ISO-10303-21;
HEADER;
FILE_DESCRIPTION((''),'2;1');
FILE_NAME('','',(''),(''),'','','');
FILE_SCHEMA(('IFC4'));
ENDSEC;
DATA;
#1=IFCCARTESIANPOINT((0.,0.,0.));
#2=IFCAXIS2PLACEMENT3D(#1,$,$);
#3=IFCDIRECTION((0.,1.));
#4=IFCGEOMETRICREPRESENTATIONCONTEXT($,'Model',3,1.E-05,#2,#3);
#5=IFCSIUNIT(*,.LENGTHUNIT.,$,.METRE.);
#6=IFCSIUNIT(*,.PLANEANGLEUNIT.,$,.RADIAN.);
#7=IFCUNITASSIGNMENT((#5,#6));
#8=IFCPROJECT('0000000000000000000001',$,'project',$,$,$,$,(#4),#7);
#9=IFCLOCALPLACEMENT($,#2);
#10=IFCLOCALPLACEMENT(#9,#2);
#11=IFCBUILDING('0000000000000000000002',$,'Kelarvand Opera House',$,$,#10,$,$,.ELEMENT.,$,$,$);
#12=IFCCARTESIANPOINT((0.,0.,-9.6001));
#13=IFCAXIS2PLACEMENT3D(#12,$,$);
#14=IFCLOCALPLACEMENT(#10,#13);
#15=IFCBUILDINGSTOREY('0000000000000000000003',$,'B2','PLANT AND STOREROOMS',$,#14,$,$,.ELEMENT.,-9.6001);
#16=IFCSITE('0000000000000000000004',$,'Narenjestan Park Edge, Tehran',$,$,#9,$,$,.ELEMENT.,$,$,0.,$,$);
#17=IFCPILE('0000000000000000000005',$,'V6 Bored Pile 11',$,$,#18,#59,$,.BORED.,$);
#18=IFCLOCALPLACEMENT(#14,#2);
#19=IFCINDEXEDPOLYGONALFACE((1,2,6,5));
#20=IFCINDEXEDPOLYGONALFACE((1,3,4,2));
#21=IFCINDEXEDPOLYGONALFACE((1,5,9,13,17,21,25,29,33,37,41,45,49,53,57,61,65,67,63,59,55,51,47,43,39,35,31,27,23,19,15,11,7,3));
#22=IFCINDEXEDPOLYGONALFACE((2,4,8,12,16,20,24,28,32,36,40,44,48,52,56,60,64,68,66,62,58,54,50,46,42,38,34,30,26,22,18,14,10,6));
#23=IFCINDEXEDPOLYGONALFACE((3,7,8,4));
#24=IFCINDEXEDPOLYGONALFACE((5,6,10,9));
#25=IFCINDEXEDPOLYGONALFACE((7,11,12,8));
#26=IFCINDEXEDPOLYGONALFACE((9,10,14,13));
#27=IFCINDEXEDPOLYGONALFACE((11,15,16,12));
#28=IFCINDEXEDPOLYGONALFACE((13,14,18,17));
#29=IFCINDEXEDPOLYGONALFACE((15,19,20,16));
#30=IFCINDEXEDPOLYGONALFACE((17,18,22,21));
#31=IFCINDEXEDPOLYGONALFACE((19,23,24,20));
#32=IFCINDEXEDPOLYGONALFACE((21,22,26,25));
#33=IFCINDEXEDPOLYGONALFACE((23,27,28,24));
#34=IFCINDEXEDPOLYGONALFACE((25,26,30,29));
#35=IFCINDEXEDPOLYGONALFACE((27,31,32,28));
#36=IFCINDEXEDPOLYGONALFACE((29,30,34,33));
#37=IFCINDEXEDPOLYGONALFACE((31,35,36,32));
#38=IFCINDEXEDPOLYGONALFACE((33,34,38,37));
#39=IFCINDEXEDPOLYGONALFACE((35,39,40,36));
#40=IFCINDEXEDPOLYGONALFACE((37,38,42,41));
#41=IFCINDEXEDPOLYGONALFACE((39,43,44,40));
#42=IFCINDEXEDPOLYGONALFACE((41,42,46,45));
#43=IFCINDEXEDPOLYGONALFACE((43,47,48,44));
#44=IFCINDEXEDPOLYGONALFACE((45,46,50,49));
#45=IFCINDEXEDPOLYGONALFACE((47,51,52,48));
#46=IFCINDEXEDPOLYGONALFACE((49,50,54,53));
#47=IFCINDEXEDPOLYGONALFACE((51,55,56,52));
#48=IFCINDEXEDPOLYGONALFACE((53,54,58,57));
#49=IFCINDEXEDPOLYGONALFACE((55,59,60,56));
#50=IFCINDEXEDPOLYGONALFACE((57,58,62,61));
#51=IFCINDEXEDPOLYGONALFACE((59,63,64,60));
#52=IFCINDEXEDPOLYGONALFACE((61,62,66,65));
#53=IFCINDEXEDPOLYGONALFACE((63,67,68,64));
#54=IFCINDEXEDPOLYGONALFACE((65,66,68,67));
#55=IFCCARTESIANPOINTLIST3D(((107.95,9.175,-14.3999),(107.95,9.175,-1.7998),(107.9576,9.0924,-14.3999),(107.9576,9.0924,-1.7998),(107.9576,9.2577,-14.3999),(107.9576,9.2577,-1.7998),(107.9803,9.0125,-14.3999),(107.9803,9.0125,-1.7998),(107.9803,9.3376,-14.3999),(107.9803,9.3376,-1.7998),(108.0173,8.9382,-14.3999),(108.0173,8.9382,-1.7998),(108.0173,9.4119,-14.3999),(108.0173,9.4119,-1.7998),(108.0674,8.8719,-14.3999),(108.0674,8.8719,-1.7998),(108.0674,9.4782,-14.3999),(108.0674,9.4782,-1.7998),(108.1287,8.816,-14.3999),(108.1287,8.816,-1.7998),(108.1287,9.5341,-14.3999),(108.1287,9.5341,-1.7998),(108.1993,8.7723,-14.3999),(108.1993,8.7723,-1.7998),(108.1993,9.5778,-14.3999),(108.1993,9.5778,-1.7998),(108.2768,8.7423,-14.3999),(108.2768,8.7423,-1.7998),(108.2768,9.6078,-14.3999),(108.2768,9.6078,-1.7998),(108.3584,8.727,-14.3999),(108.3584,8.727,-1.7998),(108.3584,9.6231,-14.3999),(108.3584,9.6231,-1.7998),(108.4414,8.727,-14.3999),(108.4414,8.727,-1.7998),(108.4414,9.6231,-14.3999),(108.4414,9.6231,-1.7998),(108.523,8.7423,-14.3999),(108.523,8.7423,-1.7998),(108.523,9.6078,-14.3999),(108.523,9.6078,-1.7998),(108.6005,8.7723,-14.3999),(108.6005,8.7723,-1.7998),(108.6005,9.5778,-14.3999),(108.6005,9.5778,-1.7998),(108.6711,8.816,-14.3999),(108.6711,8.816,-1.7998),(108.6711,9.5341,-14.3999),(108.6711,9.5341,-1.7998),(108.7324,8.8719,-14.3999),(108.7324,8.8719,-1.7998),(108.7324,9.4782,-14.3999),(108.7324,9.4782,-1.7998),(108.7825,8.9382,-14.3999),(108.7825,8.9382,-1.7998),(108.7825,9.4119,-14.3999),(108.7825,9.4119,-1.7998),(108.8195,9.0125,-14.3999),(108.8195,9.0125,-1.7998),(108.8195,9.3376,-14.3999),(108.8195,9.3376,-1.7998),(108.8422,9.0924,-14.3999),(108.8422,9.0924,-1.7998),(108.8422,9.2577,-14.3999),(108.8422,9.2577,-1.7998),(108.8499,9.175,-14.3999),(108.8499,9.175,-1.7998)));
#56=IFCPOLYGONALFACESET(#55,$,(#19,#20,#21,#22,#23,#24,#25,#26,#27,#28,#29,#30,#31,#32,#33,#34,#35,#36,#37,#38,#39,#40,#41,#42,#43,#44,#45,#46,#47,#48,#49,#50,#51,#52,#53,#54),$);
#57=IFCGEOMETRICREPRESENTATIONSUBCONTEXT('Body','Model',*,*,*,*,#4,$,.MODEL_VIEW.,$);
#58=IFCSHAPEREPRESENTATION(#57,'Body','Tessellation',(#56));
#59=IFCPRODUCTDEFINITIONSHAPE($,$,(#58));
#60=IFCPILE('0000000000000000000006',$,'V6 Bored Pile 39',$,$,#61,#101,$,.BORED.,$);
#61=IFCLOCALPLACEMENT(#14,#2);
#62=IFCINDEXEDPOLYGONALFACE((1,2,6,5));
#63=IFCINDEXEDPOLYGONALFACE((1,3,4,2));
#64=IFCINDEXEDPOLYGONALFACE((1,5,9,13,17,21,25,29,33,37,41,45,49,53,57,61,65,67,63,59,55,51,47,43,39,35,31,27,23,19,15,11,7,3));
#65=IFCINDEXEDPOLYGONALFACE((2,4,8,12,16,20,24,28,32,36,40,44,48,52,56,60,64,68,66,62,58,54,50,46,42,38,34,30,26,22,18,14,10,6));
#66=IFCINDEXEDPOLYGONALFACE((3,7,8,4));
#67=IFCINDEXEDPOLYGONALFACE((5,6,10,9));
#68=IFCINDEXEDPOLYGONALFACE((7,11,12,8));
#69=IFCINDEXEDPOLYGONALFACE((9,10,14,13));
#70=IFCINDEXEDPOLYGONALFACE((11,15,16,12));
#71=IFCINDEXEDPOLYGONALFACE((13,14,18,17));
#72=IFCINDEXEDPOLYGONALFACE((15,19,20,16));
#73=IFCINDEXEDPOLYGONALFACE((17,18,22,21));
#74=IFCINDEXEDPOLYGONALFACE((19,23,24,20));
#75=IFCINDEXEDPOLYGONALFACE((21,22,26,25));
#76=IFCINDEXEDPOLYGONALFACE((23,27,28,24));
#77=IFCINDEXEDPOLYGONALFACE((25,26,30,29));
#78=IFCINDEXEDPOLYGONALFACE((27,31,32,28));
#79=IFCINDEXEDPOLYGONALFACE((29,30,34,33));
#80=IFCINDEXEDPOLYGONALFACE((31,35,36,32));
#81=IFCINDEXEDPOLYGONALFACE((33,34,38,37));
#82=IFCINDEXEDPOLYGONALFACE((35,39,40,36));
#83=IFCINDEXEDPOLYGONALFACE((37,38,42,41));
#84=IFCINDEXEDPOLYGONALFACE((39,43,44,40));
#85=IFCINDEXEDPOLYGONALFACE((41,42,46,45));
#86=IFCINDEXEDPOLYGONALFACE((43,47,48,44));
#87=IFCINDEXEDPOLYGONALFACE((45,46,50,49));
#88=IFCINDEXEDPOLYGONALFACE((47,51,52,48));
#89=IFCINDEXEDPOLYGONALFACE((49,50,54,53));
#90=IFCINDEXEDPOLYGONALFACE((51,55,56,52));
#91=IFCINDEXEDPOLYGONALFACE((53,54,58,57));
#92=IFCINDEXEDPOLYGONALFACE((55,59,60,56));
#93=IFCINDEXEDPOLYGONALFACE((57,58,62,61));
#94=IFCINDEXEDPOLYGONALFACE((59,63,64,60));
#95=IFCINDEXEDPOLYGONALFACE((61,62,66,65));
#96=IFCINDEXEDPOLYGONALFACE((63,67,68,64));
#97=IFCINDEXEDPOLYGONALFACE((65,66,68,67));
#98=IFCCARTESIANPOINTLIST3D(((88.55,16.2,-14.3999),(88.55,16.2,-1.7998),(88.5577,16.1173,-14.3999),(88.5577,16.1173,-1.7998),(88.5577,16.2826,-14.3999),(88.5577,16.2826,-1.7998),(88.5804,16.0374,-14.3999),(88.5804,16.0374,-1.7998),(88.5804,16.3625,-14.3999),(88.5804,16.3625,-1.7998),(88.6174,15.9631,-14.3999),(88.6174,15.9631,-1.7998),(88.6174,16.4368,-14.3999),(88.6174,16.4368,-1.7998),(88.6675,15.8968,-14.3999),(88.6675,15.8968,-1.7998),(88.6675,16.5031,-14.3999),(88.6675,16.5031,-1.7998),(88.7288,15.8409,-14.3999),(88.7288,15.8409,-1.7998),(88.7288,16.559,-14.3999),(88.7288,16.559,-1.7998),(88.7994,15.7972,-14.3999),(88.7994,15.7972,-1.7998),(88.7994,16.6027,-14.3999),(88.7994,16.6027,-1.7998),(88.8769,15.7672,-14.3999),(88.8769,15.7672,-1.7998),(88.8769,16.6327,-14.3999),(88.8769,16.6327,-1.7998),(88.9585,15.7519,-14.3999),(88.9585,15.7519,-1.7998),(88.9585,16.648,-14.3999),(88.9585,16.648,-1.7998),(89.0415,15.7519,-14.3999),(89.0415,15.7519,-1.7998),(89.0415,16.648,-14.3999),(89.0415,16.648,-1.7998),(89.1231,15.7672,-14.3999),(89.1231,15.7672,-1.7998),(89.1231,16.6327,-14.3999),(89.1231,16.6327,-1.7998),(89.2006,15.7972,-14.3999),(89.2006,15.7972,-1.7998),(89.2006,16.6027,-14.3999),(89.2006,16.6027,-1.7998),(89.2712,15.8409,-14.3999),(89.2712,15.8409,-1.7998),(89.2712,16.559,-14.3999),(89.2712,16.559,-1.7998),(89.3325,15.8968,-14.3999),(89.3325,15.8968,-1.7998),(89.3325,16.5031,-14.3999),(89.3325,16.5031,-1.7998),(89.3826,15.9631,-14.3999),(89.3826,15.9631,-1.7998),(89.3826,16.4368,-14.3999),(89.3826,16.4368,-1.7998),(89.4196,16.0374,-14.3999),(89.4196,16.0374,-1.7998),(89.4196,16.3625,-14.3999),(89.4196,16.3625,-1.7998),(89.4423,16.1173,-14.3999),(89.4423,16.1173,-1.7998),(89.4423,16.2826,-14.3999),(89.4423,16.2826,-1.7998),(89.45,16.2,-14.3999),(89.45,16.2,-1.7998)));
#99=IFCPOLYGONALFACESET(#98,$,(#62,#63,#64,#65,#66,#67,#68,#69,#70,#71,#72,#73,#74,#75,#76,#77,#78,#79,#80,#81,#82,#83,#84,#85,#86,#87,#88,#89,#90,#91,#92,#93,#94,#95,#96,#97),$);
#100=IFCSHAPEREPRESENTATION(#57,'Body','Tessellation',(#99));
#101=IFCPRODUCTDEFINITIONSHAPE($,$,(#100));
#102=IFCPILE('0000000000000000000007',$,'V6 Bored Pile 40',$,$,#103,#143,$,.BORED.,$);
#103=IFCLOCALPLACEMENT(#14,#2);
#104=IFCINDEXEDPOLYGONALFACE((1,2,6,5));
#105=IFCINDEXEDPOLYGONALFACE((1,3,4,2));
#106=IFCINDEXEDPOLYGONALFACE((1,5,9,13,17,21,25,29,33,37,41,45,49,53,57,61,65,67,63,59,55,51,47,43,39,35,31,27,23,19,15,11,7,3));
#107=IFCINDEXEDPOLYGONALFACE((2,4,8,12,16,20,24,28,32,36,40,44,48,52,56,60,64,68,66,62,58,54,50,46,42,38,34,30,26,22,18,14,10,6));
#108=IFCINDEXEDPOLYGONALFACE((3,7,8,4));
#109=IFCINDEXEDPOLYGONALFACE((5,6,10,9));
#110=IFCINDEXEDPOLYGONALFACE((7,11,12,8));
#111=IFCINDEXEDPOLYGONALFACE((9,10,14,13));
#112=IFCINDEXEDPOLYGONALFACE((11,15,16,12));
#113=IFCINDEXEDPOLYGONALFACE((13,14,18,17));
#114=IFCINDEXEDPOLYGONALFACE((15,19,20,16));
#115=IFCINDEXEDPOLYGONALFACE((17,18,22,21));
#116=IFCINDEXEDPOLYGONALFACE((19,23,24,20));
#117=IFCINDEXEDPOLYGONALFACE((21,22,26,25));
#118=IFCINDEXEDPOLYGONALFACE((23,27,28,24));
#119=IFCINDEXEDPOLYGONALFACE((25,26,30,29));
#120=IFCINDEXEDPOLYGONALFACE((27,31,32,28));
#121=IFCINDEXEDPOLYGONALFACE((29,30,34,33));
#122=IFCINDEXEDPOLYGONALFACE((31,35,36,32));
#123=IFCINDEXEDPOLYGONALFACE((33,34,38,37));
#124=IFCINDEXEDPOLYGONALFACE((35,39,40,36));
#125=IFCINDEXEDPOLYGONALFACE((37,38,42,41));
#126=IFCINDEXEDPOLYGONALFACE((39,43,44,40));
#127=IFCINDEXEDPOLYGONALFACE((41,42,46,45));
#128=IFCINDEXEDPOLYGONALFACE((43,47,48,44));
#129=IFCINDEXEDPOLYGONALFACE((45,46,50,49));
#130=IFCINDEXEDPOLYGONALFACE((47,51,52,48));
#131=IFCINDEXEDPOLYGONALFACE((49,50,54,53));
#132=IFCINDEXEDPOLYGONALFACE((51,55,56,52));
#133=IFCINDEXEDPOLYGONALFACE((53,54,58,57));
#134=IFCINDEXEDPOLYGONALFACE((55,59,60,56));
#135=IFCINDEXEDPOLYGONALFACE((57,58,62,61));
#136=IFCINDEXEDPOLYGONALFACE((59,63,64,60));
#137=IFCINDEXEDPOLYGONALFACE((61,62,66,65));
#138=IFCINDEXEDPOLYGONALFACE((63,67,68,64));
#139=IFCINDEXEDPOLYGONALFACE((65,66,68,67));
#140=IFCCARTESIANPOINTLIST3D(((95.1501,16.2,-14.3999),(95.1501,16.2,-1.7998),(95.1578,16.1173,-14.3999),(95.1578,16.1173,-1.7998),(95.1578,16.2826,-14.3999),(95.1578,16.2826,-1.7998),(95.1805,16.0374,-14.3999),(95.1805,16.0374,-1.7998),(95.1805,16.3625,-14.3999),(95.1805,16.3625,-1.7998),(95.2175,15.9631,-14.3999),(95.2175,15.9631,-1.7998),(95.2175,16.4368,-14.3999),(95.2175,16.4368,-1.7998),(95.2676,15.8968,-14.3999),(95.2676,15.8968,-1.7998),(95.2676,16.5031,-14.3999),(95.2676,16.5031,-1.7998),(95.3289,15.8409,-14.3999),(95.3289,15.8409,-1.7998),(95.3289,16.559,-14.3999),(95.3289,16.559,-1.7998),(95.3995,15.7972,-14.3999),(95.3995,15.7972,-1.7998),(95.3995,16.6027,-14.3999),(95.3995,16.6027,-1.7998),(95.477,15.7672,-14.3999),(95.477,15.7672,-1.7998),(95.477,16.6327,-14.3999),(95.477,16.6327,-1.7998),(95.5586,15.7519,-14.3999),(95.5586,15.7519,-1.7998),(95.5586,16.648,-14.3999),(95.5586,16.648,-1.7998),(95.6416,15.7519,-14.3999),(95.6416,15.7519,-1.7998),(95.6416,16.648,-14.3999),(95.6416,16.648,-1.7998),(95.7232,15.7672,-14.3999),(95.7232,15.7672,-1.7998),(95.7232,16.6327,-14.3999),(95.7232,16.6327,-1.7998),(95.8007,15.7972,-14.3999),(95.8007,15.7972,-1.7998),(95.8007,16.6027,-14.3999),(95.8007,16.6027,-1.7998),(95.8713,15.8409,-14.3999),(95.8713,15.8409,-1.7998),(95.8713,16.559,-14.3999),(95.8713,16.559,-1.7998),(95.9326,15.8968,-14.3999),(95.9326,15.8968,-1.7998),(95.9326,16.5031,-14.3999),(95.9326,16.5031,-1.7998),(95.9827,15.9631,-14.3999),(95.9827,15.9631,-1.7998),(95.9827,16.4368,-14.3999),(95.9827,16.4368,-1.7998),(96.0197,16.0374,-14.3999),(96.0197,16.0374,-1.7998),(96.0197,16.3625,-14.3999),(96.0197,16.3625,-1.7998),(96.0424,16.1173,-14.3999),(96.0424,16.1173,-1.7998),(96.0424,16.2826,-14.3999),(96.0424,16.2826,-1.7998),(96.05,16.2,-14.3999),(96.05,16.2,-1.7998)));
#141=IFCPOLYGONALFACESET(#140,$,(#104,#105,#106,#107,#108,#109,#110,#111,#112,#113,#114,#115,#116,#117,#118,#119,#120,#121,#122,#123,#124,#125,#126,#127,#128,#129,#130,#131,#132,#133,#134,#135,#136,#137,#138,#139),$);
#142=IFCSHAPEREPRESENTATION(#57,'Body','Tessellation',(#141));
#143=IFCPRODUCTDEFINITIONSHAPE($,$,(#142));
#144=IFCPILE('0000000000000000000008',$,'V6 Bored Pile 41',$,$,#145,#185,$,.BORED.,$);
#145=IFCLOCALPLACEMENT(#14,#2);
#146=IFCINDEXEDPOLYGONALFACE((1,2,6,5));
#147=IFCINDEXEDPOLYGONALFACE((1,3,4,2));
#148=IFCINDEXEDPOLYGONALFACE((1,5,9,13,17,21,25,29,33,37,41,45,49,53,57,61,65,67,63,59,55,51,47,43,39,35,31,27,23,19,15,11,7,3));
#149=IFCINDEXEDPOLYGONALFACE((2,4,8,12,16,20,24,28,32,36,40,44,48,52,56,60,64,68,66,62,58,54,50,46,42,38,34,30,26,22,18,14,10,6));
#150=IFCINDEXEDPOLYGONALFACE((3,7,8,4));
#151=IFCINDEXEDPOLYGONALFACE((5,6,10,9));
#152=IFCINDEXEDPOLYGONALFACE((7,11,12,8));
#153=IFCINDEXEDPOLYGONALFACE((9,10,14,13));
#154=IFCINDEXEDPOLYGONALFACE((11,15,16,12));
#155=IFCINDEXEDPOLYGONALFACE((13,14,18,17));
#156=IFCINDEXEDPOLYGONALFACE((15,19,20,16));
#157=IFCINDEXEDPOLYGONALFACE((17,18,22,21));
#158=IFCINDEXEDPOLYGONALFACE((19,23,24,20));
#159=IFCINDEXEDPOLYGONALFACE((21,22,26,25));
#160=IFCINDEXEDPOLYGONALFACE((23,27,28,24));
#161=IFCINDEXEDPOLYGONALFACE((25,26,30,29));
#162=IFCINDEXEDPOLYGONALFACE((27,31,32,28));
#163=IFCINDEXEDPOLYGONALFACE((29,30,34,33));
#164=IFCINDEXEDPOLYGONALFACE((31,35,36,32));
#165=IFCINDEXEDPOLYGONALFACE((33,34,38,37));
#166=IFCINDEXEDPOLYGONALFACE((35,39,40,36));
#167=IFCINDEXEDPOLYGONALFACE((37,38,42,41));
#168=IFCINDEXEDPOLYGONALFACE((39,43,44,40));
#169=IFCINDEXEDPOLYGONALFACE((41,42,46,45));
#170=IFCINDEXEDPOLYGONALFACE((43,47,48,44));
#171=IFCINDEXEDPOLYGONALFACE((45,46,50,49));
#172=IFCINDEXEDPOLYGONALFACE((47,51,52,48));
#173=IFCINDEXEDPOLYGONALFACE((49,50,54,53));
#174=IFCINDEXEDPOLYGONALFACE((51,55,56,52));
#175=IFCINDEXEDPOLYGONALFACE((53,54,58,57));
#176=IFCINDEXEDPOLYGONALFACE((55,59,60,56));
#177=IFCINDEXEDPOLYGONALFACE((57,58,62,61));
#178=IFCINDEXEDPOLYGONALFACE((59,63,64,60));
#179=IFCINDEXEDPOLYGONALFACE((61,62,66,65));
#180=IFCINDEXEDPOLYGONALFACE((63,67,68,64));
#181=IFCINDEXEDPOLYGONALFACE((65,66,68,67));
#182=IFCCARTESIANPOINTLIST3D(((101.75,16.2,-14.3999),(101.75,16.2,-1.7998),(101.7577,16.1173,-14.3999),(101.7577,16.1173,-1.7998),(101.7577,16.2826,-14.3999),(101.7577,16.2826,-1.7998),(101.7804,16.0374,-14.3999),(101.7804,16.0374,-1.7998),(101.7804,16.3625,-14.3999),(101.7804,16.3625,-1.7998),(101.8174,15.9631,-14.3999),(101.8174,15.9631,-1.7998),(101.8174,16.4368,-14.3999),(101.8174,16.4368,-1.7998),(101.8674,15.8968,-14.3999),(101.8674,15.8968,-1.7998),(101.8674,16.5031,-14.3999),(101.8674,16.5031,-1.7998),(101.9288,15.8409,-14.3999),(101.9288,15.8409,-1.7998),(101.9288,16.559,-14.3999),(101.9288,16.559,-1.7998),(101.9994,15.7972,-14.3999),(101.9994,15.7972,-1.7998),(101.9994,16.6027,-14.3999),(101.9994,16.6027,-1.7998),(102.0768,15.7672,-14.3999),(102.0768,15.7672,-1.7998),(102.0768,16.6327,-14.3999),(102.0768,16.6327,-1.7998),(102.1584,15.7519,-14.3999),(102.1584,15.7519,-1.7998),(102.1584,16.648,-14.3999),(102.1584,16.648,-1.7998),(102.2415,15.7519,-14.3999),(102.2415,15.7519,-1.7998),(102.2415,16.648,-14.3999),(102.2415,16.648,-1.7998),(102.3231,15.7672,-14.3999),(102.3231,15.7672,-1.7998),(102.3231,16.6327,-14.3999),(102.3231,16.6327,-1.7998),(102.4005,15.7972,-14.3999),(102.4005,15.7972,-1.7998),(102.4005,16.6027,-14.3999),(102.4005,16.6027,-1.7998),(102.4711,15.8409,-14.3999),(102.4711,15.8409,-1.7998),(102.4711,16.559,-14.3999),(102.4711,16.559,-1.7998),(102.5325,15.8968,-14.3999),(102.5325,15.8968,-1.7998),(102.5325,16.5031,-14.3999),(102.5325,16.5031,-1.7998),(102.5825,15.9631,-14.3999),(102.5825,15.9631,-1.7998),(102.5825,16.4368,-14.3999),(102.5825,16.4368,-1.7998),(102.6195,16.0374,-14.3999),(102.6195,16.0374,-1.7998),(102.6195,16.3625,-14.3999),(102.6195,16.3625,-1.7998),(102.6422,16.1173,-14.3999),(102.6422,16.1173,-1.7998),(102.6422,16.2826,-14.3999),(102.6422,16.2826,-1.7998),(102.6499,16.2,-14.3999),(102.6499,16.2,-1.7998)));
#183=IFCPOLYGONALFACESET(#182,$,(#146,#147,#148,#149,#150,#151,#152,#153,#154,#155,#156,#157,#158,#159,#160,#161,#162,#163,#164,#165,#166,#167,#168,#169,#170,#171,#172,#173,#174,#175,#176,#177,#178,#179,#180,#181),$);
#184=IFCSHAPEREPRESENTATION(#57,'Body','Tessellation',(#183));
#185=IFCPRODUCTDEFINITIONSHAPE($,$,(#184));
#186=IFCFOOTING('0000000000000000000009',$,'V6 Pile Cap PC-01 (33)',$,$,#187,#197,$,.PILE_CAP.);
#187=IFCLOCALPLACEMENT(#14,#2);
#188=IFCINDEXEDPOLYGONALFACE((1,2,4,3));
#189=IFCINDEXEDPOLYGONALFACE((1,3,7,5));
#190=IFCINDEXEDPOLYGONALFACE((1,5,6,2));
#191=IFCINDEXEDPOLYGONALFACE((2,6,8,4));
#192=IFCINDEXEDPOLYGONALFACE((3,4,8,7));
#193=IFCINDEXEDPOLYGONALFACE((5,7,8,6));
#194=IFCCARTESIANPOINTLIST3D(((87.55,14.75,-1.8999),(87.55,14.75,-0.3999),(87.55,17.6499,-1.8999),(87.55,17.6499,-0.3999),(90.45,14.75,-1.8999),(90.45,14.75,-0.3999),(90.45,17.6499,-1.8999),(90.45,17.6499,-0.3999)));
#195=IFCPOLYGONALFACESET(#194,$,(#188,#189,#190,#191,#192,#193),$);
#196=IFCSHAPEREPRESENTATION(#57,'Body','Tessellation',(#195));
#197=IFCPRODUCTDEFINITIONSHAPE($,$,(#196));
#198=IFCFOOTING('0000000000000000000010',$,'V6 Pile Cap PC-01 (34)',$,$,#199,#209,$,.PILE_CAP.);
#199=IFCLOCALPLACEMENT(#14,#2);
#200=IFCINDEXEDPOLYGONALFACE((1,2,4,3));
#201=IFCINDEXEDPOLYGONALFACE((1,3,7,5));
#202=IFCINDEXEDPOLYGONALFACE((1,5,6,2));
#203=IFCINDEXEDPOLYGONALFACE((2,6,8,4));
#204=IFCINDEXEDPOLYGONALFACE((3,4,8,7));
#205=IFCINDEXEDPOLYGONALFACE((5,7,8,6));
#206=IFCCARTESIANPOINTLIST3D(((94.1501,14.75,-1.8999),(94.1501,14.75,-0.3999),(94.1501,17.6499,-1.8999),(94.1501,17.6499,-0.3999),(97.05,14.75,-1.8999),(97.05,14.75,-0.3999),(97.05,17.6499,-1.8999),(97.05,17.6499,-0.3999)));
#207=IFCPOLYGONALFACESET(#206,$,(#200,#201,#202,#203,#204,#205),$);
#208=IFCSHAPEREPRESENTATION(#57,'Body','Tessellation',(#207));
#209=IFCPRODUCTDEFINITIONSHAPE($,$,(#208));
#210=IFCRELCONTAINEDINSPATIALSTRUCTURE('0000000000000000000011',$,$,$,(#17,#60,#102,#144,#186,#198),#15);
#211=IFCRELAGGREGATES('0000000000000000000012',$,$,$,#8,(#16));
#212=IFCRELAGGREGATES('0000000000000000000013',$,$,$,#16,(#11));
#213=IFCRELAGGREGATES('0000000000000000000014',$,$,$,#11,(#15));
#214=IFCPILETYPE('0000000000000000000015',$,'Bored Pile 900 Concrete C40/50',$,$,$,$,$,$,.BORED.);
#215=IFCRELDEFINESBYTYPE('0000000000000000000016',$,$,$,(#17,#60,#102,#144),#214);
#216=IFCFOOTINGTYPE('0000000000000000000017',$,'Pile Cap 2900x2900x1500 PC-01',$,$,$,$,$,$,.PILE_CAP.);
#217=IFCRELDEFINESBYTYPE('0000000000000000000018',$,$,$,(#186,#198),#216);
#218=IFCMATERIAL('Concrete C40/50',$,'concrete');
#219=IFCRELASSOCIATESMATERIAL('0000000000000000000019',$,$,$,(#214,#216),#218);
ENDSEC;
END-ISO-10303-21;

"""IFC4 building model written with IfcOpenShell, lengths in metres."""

from ifc_helpers import new_model, si_unit, direction, frame, origin, origin_2d, place, context, subcontext, project, spatial, rectangle, circle, extrude, material, material_profile, profile_set, type_object, element, save


model = new_model("IFC4")

# Units and contexts
model_context = context("Model", 3, precision=1e-05, world=origin(), true_north=direction((0.0, 1.0)))
body_context = subcontext(model_context, "Body", "Model", "MODEL_VIEW")
ifc_project = project(units=[si_unit("LENGTHUNIT", "METRE"), si_unit("PLANEANGLEUNIT", "RADIAN")], contexts=[model_context])

# Site, building, storey
site_placement = place(None, origin())
site = spatial("IfcSite", under=ifc_project, at=site_placement, Name="Narenjestan Park Edge, Tehran", CompositionType="ELEMENT", RefElevation=0.0)
building_placement = place(site_placement, origin())
building = spatial("IfcBuilding", under=site, at=building_placement, Name="Kelarvand Opera House", CompositionType="ELEMENT")
storey_placement = place(building_placement, frame((0.0, 0.0, -9.6001)))
storey = spatial("IfcBuildingStorey", under=building, at=storey_placement, Name="B2", Description="PLANT AND STOREROOMS", CompositionType="ELEMENT", Elevation=-9.6001)

# Piles
ifc_material_1 = material(Name="Concrete C40/50", Category="concrete")
ifc_material_profile_1 = material_profile(ifc_material_1, circle(Radius=0.45, at=origin_2d()), Name="BP 900", Category="concrete")
ifc_profile_set_1 = profile_set([ifc_material_profile_1], Name="Concrete C40/50")
pile_type = type_object("IfcPileType", Name="Bored Pile 900 Concrete C40/50", PredefinedType="BORED", material=ifc_profile_set_1)
for number, where, z_axis, x_axis, name in (
    (1, (108.3999, 9.175, -1.7998), (0.0, 0.0, -1.0), (1.0, 0.0, 0.0), "V6 Bored Pile 11"),
    (2, (89.0, 16.2, -1.7998), (0.0, 0.0, -1.0), (1.0, 0.0, 0.0), "V6 Bored Pile 39"),
    (3, (95.6001, 16.2, -1.7998), (0.0, 0.0, -1.0), (1.0, 0.0, 0.0), "V6 Bored Pile 40"),
    (4, (102.2, 16.2, -1.7998), (0.0, 0.0, -1.0), (1.0, 0.0, 0.0), "V6 Bored Pile 41"),
):
    element("IfcPile", number, at=place(storey_placement, frame(where, z_axis=z_axis, x_axis=x_axis)), inside=storey, type_object=pile_type, Name=name, PredefinedType="BORED", context=body_context, shape_type="SweptSolid", body=[
        extrude(circle(Radius=0.45, at=origin_2d()), origin(), (0.0, 0.0, 1.0), 12.6001),
    ])

# Footings
footing_type_1 = type_object("IfcFootingType", Name="Pile Cap 2900x2900x1500 PC-01", PredefinedType="PILE_CAP", material=ifc_material_1)
for number, where, z_axis, x_axis, name in (
    (5, (89.0, 16.2, -1.8999), (0.0, 0.0, 1.0), (1.0, 0.0, 0.0), "V6 Pile Cap PC-01 (33)"),
    (6, (95.6001, 16.2, -1.8999), (0.0, 0.0, 1.0), (1.0, 0.0, 0.0), "V6 Pile Cap PC-01 (34)"),
):
    element("IfcFooting", number, at=place(storey_placement, frame(where, z_axis=z_axis, x_axis=x_axis)), inside=storey, type_object=footing_type_1, Name=name, PredefinedType="PILE_CAP", context=body_context, shape_type="SweptSolid", body=[
        extrude(rectangle(XDim=2.8999, YDim=2.8999, at=origin_2d()), origin(), (0.0, 0.0, 1.0), 1.5),
    ])

save(model, "model.ifc")
